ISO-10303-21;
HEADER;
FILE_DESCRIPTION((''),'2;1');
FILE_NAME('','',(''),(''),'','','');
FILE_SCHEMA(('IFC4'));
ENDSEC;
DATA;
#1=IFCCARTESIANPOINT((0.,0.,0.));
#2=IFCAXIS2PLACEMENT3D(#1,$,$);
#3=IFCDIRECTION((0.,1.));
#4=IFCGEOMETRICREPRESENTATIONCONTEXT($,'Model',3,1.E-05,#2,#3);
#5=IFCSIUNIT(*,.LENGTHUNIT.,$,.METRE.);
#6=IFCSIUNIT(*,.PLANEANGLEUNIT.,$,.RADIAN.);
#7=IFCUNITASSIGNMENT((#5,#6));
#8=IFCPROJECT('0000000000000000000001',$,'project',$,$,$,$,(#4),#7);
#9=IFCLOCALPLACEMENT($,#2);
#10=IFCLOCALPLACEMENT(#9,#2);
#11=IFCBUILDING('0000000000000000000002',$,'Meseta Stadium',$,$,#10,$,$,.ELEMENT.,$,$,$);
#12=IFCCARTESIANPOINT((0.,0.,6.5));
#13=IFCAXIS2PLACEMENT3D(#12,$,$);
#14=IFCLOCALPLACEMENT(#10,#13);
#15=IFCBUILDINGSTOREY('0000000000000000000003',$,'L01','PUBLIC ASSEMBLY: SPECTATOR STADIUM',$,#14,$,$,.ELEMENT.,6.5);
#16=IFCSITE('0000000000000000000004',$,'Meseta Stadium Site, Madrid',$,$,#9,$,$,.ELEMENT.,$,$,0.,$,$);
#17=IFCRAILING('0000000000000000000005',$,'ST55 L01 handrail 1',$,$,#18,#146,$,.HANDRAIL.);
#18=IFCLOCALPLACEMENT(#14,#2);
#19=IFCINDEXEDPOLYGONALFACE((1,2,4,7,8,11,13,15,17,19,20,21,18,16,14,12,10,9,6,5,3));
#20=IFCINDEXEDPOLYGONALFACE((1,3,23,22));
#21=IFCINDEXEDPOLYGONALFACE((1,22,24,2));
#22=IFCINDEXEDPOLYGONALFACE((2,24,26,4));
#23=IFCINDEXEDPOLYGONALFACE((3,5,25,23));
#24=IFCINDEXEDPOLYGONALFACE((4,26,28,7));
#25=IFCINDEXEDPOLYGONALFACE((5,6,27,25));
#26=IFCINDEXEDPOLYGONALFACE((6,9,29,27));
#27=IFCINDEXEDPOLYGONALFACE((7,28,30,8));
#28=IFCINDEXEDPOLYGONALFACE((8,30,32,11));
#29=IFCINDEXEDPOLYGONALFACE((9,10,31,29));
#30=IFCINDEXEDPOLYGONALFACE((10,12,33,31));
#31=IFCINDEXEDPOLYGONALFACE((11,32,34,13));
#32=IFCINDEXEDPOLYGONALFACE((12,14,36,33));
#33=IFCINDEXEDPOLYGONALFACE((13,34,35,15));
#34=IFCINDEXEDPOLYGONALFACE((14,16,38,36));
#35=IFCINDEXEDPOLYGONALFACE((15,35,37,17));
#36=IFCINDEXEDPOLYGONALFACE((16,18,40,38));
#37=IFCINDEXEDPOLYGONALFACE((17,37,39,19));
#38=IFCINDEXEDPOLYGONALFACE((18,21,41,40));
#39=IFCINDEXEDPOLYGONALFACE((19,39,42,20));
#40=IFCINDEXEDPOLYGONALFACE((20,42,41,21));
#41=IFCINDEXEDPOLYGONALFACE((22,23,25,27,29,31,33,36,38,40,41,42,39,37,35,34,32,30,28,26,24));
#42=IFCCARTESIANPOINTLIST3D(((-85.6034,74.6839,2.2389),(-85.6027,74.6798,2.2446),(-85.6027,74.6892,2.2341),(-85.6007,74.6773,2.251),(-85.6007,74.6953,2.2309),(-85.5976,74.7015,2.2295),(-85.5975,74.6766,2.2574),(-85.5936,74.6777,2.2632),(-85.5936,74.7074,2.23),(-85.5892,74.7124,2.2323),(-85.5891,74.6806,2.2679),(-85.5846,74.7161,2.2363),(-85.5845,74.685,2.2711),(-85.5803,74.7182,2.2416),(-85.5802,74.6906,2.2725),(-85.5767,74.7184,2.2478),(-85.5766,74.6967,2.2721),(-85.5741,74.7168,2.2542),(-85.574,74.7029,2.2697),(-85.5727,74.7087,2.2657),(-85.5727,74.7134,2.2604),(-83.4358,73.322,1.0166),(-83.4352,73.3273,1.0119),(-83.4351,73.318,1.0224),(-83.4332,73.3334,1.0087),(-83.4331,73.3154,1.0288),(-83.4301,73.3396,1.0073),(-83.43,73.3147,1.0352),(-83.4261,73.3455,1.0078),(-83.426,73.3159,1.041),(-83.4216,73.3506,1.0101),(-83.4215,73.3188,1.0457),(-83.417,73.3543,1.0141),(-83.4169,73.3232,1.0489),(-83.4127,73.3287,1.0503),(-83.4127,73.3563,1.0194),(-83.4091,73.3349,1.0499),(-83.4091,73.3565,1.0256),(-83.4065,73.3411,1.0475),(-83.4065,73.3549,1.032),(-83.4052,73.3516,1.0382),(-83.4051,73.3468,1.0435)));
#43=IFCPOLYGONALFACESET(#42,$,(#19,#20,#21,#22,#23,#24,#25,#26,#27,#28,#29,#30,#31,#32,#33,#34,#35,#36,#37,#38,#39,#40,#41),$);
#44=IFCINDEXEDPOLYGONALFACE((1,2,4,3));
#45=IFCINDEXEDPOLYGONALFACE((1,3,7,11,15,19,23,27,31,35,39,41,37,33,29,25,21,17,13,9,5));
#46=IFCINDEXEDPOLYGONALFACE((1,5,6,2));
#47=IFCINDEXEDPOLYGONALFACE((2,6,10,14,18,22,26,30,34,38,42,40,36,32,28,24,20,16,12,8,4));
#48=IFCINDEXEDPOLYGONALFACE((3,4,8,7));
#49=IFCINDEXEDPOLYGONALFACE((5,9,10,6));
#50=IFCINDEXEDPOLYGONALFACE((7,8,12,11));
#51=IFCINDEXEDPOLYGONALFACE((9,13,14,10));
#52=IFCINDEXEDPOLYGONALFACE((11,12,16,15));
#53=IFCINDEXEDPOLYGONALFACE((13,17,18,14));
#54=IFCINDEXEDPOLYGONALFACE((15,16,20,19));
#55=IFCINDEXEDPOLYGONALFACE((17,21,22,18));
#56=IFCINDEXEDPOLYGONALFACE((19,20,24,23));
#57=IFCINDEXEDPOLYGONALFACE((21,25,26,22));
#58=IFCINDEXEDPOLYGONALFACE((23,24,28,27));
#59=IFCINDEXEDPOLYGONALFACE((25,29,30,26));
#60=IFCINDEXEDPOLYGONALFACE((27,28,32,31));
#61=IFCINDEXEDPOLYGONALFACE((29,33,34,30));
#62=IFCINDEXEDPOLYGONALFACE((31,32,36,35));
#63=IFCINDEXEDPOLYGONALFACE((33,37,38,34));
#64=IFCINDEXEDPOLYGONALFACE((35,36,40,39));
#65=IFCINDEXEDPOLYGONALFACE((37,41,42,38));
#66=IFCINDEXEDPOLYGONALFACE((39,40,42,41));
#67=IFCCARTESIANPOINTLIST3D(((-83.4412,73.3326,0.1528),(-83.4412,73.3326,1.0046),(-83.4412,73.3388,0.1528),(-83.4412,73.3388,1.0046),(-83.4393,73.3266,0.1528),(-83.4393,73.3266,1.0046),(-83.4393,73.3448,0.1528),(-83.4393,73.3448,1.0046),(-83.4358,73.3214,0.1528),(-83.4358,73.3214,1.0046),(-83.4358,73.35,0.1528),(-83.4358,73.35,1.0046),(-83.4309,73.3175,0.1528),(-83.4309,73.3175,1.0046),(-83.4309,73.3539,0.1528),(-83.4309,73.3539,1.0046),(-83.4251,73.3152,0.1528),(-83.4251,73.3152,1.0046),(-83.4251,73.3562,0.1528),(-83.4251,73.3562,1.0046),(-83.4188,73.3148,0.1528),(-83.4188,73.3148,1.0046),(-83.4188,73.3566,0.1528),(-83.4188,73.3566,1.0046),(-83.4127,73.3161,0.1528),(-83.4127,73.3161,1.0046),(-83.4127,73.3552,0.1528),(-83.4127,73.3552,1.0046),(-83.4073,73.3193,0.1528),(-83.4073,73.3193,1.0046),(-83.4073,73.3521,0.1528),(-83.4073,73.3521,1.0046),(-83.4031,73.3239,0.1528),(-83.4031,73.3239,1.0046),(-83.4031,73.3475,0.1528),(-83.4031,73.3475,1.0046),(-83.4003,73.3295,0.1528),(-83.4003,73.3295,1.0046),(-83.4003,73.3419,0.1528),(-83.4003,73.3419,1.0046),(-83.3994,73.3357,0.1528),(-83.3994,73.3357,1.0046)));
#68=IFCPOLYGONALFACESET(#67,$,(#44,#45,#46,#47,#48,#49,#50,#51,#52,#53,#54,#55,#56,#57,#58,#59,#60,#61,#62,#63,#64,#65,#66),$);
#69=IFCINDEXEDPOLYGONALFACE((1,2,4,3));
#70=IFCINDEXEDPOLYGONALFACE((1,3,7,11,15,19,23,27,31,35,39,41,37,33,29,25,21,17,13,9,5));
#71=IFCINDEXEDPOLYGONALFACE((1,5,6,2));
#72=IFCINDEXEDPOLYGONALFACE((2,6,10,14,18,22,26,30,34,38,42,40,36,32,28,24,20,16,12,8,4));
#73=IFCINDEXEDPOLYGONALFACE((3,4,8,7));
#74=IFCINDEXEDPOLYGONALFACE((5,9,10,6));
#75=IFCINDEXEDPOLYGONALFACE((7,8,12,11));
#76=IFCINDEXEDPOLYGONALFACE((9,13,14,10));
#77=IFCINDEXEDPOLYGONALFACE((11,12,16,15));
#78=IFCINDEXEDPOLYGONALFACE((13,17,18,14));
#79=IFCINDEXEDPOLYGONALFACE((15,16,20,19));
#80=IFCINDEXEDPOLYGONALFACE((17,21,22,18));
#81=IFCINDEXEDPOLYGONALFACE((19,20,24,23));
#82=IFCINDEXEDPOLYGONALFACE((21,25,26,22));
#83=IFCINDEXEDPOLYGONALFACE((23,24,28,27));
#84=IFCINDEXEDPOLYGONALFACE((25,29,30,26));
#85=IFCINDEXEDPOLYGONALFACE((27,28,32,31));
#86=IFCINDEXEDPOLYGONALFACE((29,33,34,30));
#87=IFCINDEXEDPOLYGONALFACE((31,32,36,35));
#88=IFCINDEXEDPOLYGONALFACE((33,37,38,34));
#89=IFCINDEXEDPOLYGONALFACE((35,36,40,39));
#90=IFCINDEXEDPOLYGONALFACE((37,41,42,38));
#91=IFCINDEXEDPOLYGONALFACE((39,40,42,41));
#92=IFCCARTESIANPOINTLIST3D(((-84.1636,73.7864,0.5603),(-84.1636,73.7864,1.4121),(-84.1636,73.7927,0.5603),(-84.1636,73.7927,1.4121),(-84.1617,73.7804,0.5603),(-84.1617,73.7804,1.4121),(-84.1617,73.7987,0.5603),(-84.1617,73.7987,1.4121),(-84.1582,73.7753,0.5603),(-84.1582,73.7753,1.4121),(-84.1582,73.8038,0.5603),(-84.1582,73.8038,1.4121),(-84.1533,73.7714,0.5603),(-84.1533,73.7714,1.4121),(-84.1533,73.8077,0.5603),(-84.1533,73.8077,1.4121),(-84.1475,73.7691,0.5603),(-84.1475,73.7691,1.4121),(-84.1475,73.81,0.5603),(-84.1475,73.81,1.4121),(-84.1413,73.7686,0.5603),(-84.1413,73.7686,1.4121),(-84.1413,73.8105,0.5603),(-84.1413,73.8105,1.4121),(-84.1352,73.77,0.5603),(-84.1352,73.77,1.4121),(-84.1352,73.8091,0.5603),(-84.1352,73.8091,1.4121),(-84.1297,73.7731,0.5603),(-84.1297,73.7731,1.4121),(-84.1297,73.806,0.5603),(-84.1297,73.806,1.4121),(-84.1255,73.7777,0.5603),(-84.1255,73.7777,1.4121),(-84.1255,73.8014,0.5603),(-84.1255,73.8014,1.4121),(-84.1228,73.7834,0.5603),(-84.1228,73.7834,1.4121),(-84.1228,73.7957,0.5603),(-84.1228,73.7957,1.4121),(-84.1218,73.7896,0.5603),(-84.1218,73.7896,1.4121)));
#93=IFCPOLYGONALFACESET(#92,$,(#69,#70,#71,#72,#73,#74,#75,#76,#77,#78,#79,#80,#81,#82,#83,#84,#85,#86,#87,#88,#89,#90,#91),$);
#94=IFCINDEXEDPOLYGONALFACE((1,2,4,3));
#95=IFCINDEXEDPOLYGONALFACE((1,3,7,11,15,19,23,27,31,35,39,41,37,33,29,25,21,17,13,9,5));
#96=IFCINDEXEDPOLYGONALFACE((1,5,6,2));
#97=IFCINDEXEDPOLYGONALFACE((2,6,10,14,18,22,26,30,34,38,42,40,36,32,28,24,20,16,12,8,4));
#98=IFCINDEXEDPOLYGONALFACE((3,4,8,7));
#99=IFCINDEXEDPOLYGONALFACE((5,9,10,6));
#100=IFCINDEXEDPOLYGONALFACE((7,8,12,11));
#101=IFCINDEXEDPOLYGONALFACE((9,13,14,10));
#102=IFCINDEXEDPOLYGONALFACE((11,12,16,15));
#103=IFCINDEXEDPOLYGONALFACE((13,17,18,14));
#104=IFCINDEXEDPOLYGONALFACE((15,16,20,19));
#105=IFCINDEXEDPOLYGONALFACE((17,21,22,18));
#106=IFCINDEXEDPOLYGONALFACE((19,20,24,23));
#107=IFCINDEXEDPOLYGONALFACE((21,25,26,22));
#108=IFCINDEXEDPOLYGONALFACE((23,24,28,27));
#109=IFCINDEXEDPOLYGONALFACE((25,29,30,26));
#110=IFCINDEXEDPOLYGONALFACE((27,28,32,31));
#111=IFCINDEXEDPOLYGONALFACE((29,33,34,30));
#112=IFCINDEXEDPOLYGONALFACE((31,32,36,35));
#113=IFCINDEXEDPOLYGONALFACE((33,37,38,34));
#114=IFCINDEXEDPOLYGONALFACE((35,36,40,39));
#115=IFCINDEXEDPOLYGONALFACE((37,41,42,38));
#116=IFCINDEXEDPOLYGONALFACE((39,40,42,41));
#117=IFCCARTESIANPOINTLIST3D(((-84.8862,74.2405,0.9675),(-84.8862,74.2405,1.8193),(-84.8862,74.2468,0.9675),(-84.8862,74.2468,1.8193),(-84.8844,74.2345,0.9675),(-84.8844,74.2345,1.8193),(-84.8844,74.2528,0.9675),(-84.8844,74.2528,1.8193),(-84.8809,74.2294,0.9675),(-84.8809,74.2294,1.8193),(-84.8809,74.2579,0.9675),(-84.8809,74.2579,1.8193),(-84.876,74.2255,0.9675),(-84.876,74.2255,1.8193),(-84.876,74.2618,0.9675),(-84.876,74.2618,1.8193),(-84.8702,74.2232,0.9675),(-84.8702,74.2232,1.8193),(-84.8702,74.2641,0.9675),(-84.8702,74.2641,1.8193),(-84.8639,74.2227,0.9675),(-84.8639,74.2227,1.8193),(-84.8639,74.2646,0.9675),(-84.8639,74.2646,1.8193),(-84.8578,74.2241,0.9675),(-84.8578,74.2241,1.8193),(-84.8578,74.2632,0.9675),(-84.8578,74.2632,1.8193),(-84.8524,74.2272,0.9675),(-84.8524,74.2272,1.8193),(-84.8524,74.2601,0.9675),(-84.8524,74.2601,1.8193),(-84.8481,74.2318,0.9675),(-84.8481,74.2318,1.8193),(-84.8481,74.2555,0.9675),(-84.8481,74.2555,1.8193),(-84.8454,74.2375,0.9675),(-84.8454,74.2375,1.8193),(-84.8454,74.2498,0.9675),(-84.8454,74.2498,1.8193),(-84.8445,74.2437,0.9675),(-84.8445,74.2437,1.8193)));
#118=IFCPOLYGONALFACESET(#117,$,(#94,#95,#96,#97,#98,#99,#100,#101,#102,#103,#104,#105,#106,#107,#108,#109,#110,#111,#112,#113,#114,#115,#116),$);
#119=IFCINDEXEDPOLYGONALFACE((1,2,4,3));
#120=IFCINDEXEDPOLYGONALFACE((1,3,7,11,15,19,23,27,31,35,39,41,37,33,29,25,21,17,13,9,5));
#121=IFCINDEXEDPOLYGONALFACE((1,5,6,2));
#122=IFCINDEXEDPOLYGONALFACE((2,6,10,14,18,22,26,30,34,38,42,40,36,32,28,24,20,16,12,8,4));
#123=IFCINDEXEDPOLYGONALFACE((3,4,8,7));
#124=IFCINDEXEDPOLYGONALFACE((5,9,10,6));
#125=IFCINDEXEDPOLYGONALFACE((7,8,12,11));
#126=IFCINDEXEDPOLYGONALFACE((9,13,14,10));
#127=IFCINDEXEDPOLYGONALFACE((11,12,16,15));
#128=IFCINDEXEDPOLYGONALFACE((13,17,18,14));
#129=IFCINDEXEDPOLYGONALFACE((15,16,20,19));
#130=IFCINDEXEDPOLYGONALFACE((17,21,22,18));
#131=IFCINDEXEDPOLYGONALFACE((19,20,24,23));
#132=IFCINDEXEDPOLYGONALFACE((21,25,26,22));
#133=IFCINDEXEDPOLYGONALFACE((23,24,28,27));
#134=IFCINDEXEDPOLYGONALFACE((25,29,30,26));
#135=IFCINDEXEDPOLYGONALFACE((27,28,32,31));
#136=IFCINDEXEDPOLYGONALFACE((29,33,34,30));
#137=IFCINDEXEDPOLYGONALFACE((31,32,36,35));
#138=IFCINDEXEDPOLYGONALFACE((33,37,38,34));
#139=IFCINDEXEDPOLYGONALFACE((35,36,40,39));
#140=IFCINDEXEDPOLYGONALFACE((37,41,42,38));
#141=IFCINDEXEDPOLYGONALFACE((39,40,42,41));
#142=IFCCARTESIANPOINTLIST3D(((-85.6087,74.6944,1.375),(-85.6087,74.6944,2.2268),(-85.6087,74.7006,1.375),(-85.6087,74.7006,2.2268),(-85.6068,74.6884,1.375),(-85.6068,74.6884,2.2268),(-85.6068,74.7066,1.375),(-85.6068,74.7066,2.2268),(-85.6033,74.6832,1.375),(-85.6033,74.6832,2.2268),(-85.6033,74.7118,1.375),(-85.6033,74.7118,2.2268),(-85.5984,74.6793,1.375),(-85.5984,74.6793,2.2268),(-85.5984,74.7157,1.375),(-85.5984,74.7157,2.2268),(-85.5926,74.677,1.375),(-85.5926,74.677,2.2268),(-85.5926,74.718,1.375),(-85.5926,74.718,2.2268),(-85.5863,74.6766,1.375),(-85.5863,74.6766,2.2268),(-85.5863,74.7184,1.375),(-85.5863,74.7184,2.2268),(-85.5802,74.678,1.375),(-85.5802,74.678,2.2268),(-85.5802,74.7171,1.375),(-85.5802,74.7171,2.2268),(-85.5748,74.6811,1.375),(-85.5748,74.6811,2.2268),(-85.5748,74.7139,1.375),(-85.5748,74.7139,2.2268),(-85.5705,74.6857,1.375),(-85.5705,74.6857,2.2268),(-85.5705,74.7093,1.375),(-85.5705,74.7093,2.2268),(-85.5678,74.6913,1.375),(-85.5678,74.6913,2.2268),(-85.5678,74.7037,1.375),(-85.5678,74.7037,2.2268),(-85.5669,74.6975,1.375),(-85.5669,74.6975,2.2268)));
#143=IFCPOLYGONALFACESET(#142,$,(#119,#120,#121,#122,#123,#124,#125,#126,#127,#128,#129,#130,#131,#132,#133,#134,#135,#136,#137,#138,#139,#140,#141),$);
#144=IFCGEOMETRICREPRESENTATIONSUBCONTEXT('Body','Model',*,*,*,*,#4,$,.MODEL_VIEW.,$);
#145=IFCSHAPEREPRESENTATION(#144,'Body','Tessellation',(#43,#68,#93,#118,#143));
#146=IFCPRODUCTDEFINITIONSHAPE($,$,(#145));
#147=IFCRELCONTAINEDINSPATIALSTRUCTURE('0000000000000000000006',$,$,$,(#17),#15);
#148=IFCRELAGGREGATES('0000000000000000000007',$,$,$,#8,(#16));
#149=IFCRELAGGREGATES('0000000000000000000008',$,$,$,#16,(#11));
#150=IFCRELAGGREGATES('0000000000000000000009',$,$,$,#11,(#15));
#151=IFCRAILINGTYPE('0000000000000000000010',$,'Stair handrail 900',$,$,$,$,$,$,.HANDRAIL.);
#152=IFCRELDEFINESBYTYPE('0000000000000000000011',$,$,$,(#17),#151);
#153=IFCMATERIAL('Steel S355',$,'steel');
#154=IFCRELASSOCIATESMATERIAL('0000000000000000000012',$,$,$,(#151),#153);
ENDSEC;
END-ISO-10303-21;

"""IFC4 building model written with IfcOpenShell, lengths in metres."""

from ifc_helpers import new_model, si_unit, direction, frame, origin, origin_2d, place, context, subcontext, project, spatial, circle, extrude, material, type_object, element, save


model = new_model("IFC4")

# Units and contexts
model_context = context("Model", 3, precision=1e-05, world=origin(), true_north=direction((0.0, 1.0)))
body_context = subcontext(model_context, "Body", "Model", "MODEL_VIEW")
ifc_project = project(units=[si_unit("LENGTHUNIT", "METRE"), si_unit("PLANEANGLEUNIT", "RADIAN")], contexts=[model_context])

# Site, building, storey
site_placement = place(None, origin())
site = spatial("IfcSite", under=ifc_project, at=site_placement, Name="Meseta Stadium Site, Madrid", CompositionType="ELEMENT", RefElevation=0.0)
building_placement = place(site_placement, origin())
building = spatial("IfcBuilding", under=site, at=building_placement, Name="Meseta Stadium", CompositionType="ELEMENT")
storey_placement = place(building_placement, frame((0.0, 0.0, 6.5)))
storey = spatial("IfcBuildingStorey", under=building, at=storey_placement, Name="L01", Description="PUBLIC ASSEMBLY: SPECTATOR STADIUM", CompositionType="ELEMENT", Elevation=6.5)

# Railing
ifc_material_1 = material(Name="Steel S355", Category="steel")
railing_type_1 = type_object("IfcRailingType", Name="Stair handrail 900", PredefinedType="HANDRAIL", material=ifc_material_1)
for number, where, name in (
    (1, (-83.4204, 73.3357, 0.1528), "ST55 L01 handrail 1"),
):
    element("IfcRailing", number, at=place(storey_placement, frame(where)), inside=storey, type_object=railing_type_1, Name=name, PredefinedType="HANDRAIL", context=body_context, shape_type="SweptSolid", body=[
        extrude(circle(Radius=0.0239, at=origin_2d()), frame((0.0, 0.0, 0.876), z_axis=(-0.764116, 0.48009, 0.430859), x_axis=(-0.532004, -0.846742, 0.0)), (0.0, 0.0, 1.0), 2.8367),
        extrude(circle(Radius=0.021, at=origin_2d()), origin(), (0.0, 0.0, 1.0), 0.8518),
        extrude(circle(Radius=0.021, at=origin_2d()), frame((-0.7224, 0.4539, 0.4075)), (0.0, 0.0, 1.0), 0.8518),
        extrude(circle(Radius=0.021, at=origin_2d()), frame((-1.4451, 0.908, 0.8147)), (0.0, 0.0, 1.0), 0.8518),
        extrude(circle(Radius=0.021, at=origin_2d()), frame((-2.1675, 1.3618, 1.2222)), (0.0, 0.0, 1.0), 0.8518),
    ])

save(model, "model.ifc")
